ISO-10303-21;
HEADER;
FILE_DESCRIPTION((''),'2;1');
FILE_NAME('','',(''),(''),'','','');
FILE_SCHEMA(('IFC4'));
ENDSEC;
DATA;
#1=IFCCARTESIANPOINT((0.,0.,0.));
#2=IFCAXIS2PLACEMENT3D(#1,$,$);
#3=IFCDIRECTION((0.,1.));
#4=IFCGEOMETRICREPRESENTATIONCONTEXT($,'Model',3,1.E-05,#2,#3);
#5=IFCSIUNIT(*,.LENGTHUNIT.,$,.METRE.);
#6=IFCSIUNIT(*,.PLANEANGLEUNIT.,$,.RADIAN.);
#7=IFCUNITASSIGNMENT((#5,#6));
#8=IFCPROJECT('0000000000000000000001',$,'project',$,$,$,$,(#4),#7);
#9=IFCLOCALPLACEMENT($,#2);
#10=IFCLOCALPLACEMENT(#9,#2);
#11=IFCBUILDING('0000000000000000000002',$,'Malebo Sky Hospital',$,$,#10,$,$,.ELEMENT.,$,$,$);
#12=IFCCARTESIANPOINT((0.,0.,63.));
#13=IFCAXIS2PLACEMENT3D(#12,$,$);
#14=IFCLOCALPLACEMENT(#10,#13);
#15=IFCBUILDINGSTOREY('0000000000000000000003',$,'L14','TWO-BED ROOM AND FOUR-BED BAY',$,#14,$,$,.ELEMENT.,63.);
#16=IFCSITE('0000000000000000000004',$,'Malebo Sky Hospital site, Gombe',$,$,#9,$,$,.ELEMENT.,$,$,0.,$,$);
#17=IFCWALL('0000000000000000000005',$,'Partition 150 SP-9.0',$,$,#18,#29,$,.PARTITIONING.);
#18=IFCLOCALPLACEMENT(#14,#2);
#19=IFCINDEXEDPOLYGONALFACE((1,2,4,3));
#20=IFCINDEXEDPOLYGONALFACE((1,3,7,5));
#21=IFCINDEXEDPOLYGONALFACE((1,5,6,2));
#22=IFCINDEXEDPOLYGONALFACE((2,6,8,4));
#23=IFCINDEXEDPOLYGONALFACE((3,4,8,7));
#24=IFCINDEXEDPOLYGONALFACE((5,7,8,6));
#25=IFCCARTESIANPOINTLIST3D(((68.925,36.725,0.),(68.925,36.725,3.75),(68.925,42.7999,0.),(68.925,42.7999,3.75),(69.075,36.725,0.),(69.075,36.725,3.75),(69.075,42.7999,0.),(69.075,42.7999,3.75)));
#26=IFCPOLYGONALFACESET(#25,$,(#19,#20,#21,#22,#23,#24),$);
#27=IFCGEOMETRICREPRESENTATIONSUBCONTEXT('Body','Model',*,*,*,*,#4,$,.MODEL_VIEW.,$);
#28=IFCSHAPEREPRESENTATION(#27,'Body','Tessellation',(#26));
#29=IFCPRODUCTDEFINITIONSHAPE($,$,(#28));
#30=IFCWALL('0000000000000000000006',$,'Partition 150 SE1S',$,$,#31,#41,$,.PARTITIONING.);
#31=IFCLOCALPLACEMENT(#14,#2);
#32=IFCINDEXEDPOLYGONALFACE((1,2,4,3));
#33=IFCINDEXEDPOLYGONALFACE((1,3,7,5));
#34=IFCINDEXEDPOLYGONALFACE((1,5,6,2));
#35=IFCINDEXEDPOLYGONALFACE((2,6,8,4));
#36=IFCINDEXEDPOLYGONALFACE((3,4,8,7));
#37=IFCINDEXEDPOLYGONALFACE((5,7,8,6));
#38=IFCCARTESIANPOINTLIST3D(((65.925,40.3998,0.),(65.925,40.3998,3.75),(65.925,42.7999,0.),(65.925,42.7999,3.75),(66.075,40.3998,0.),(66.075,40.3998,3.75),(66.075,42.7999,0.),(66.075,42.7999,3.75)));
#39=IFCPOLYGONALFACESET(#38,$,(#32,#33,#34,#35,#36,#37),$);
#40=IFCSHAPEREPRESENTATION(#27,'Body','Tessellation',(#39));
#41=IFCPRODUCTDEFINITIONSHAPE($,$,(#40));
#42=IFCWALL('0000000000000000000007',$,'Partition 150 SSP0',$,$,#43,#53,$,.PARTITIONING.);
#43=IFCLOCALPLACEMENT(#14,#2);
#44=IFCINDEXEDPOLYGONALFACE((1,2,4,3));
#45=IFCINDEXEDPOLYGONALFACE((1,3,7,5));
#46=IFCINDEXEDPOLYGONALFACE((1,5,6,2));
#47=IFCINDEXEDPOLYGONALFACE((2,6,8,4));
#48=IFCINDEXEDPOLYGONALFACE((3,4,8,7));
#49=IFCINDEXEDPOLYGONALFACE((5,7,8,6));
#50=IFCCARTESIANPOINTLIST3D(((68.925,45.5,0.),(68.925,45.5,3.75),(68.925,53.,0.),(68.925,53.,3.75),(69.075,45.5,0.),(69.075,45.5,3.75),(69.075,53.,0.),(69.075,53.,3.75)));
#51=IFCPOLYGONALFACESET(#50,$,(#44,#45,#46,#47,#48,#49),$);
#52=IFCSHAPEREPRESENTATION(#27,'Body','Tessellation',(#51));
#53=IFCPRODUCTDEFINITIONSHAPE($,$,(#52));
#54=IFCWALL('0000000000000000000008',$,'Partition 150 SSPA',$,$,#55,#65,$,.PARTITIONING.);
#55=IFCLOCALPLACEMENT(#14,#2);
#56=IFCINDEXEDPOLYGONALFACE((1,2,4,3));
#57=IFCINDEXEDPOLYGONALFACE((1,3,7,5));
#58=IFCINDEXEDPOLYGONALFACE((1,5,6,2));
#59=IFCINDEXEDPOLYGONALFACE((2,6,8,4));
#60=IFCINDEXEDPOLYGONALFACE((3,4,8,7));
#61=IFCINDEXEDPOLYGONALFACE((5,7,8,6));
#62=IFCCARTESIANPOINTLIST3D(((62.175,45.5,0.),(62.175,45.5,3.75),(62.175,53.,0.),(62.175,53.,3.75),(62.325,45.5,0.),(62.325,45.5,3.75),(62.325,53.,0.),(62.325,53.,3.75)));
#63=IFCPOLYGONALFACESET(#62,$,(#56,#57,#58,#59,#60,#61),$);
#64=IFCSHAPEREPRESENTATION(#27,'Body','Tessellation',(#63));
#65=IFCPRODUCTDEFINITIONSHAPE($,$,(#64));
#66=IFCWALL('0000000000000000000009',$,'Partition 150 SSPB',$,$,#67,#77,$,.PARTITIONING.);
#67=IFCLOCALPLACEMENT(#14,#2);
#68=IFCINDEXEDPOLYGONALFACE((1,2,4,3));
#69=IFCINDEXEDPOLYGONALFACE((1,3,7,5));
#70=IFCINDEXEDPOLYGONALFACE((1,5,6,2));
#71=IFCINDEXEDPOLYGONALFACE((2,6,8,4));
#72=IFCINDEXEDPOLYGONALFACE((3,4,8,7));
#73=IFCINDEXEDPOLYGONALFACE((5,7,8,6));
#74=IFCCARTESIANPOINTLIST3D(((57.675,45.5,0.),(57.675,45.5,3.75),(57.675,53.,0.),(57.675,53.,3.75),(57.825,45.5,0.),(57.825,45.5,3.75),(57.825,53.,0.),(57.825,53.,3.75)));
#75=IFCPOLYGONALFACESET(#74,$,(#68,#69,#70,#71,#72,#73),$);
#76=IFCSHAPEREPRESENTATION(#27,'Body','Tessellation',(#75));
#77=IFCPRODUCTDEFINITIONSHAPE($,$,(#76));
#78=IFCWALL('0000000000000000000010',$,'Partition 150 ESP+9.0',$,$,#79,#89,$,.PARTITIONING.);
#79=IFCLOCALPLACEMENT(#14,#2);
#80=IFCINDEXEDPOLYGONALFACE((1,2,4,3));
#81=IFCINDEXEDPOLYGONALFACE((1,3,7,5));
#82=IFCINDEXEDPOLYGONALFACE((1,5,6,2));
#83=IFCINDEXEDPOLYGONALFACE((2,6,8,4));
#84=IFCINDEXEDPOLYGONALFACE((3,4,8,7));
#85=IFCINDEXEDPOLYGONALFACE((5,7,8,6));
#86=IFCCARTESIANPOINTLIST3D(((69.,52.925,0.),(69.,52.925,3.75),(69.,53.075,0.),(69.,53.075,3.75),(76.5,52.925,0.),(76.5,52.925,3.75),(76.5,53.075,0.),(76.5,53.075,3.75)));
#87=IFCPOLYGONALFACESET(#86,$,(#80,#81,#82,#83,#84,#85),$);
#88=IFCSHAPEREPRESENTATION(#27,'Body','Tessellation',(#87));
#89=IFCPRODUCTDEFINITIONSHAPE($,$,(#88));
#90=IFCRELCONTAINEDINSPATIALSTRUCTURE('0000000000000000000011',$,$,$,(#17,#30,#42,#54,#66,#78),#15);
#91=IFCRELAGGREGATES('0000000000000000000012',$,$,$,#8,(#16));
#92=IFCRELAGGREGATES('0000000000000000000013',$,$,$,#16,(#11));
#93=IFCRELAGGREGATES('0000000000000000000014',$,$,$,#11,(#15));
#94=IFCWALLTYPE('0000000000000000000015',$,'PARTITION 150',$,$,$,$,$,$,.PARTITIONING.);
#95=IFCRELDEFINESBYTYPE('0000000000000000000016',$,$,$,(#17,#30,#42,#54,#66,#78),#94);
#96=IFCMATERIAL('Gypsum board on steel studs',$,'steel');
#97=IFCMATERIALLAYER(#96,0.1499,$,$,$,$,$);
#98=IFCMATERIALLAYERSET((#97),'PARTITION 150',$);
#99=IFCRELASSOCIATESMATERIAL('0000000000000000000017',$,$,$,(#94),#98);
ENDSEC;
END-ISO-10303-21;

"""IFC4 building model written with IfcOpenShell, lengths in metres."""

from ifc_helpers import new_model, si_unit, direction, frame, frame_2d, origin, place, context, subcontext, project, spatial, rectangle, extrude, material, layer, layer_set, type_object, element, save


model = new_model("IFC4")

# Units and contexts
model_context = context("Model", 3, precision=1e-05, world=origin(), true_north=direction((0.0, 1.0)))
body_context = subcontext(model_context, "Body", "Model", "MODEL_VIEW")
ifc_project = project(units=[si_unit("LENGTHUNIT", "METRE"), si_unit("PLANEANGLEUNIT", "RADIAN")], contexts=[model_context])

# Site, building, storey
site_placement = place(None, origin())
site = spatial("IfcSite", under=ifc_project, at=site_placement, Name="Malebo Sky Hospital site, Gombe", CompositionType="ELEMENT", RefElevation=0.0)
building_placement = place(site_placement, origin())
building = spatial("IfcBuilding", under=site, at=building_placement, Name="Malebo Sky Hospital", CompositionType="ELEMENT")
storey_placement = place(building_placement, frame((0.0, 0.0, 63.0)))
storey = spatial("IfcBuildingStorey", under=building, at=storey_placement, Name="L14", Description="TWO-BED ROOM AND FOUR-BED BAY", CompositionType="ELEMENT", Elevation=63.0)

# Shared definitions
ifc_material_1 = material(Name="Gypsum board on steel studs", Category="steel")

# Walls
ifc_layer_1 = layer(ifc_material_1, 0.1499)
ifc_layer_set_1 = layer_set([ifc_layer_1], Name="PARTITION 150")
wall_type_1 = type_object("IfcWallType", Name="PARTITION 150", PredefinedType="PARTITIONING", material=ifc_layer_set_1)
wall_1_placement = place(storey_placement, frame((69.0, 42.8, 0.0), z_axis=(0.0, 0.0, 1.0), x_axis=(0.0, -1.0, 0.0)))
element("IfcWall", 1, at=wall_1_placement, inside=storey, type_object=wall_type_1, Name="Partition 150 SP-9.0", PredefinedType="PARTITIONING", context=body_context, shape_type="SweptSolid", body=[
    extrude(rectangle(XDim=6.075, YDim=0.1499, at=frame_2d((3.0376, 0.0))), origin(), (0.0, 0.0, 1.0), 3.75),
])
wall_2_placement = place(storey_placement, frame((66.0, 42.8, 0.0), z_axis=(0.0, 0.0, 1.0), x_axis=(0.0, -1.0, 0.0)))
element("IfcWall", 2, at=wall_2_placement, inside=storey, type_object=wall_type_1, Name="Partition 150 SE1S", PredefinedType="PARTITIONING", context=body_context, shape_type="SweptSolid", body=[
    extrude(rectangle(XDim=2.4001, YDim=0.1499, at=frame_2d((1.2002, 0.0))), origin(), (0.0, 0.0, 1.0), 3.75),
])
for number, where, z_axis, x_axis, name in (
    (3, (69.0, 53.0, 0.0), (0.0, 0.0, 1.0), (0.0, -1.0, 0.0), "Partition 150 SSP0"),
    (4, (62.25, 53.0, 0.0), (0.0, 0.0, 1.0), (0.0, -1.0, 0.0), "Partition 150 SSPA"),
    (5, (57.75, 53.0, 0.0), (0.0, 0.0, 1.0), (0.0, -1.0, 0.0), "Partition 150 SSPB"),
    (6, (69.0, 53.0, 0.0), (0.0, 0.0, 1.0), (1.0, 0.0, 0.0), "Partition 150 ESP+9.0"),
):
    element("IfcWall", number, at=place(storey_placement, frame(where, z_axis=z_axis, x_axis=x_axis)), inside=storey, type_object=wall_type_1, Name=name, PredefinedType="PARTITIONING", context=body_context, shape_type="SweptSolid", body=[
        extrude(rectangle(XDim=7.5, YDim=0.1499, at=frame_2d((3.75, 0.0))), origin(), (0.0, 0.0, 1.0), 3.75),
    ])

save(model, "model.ifc")
